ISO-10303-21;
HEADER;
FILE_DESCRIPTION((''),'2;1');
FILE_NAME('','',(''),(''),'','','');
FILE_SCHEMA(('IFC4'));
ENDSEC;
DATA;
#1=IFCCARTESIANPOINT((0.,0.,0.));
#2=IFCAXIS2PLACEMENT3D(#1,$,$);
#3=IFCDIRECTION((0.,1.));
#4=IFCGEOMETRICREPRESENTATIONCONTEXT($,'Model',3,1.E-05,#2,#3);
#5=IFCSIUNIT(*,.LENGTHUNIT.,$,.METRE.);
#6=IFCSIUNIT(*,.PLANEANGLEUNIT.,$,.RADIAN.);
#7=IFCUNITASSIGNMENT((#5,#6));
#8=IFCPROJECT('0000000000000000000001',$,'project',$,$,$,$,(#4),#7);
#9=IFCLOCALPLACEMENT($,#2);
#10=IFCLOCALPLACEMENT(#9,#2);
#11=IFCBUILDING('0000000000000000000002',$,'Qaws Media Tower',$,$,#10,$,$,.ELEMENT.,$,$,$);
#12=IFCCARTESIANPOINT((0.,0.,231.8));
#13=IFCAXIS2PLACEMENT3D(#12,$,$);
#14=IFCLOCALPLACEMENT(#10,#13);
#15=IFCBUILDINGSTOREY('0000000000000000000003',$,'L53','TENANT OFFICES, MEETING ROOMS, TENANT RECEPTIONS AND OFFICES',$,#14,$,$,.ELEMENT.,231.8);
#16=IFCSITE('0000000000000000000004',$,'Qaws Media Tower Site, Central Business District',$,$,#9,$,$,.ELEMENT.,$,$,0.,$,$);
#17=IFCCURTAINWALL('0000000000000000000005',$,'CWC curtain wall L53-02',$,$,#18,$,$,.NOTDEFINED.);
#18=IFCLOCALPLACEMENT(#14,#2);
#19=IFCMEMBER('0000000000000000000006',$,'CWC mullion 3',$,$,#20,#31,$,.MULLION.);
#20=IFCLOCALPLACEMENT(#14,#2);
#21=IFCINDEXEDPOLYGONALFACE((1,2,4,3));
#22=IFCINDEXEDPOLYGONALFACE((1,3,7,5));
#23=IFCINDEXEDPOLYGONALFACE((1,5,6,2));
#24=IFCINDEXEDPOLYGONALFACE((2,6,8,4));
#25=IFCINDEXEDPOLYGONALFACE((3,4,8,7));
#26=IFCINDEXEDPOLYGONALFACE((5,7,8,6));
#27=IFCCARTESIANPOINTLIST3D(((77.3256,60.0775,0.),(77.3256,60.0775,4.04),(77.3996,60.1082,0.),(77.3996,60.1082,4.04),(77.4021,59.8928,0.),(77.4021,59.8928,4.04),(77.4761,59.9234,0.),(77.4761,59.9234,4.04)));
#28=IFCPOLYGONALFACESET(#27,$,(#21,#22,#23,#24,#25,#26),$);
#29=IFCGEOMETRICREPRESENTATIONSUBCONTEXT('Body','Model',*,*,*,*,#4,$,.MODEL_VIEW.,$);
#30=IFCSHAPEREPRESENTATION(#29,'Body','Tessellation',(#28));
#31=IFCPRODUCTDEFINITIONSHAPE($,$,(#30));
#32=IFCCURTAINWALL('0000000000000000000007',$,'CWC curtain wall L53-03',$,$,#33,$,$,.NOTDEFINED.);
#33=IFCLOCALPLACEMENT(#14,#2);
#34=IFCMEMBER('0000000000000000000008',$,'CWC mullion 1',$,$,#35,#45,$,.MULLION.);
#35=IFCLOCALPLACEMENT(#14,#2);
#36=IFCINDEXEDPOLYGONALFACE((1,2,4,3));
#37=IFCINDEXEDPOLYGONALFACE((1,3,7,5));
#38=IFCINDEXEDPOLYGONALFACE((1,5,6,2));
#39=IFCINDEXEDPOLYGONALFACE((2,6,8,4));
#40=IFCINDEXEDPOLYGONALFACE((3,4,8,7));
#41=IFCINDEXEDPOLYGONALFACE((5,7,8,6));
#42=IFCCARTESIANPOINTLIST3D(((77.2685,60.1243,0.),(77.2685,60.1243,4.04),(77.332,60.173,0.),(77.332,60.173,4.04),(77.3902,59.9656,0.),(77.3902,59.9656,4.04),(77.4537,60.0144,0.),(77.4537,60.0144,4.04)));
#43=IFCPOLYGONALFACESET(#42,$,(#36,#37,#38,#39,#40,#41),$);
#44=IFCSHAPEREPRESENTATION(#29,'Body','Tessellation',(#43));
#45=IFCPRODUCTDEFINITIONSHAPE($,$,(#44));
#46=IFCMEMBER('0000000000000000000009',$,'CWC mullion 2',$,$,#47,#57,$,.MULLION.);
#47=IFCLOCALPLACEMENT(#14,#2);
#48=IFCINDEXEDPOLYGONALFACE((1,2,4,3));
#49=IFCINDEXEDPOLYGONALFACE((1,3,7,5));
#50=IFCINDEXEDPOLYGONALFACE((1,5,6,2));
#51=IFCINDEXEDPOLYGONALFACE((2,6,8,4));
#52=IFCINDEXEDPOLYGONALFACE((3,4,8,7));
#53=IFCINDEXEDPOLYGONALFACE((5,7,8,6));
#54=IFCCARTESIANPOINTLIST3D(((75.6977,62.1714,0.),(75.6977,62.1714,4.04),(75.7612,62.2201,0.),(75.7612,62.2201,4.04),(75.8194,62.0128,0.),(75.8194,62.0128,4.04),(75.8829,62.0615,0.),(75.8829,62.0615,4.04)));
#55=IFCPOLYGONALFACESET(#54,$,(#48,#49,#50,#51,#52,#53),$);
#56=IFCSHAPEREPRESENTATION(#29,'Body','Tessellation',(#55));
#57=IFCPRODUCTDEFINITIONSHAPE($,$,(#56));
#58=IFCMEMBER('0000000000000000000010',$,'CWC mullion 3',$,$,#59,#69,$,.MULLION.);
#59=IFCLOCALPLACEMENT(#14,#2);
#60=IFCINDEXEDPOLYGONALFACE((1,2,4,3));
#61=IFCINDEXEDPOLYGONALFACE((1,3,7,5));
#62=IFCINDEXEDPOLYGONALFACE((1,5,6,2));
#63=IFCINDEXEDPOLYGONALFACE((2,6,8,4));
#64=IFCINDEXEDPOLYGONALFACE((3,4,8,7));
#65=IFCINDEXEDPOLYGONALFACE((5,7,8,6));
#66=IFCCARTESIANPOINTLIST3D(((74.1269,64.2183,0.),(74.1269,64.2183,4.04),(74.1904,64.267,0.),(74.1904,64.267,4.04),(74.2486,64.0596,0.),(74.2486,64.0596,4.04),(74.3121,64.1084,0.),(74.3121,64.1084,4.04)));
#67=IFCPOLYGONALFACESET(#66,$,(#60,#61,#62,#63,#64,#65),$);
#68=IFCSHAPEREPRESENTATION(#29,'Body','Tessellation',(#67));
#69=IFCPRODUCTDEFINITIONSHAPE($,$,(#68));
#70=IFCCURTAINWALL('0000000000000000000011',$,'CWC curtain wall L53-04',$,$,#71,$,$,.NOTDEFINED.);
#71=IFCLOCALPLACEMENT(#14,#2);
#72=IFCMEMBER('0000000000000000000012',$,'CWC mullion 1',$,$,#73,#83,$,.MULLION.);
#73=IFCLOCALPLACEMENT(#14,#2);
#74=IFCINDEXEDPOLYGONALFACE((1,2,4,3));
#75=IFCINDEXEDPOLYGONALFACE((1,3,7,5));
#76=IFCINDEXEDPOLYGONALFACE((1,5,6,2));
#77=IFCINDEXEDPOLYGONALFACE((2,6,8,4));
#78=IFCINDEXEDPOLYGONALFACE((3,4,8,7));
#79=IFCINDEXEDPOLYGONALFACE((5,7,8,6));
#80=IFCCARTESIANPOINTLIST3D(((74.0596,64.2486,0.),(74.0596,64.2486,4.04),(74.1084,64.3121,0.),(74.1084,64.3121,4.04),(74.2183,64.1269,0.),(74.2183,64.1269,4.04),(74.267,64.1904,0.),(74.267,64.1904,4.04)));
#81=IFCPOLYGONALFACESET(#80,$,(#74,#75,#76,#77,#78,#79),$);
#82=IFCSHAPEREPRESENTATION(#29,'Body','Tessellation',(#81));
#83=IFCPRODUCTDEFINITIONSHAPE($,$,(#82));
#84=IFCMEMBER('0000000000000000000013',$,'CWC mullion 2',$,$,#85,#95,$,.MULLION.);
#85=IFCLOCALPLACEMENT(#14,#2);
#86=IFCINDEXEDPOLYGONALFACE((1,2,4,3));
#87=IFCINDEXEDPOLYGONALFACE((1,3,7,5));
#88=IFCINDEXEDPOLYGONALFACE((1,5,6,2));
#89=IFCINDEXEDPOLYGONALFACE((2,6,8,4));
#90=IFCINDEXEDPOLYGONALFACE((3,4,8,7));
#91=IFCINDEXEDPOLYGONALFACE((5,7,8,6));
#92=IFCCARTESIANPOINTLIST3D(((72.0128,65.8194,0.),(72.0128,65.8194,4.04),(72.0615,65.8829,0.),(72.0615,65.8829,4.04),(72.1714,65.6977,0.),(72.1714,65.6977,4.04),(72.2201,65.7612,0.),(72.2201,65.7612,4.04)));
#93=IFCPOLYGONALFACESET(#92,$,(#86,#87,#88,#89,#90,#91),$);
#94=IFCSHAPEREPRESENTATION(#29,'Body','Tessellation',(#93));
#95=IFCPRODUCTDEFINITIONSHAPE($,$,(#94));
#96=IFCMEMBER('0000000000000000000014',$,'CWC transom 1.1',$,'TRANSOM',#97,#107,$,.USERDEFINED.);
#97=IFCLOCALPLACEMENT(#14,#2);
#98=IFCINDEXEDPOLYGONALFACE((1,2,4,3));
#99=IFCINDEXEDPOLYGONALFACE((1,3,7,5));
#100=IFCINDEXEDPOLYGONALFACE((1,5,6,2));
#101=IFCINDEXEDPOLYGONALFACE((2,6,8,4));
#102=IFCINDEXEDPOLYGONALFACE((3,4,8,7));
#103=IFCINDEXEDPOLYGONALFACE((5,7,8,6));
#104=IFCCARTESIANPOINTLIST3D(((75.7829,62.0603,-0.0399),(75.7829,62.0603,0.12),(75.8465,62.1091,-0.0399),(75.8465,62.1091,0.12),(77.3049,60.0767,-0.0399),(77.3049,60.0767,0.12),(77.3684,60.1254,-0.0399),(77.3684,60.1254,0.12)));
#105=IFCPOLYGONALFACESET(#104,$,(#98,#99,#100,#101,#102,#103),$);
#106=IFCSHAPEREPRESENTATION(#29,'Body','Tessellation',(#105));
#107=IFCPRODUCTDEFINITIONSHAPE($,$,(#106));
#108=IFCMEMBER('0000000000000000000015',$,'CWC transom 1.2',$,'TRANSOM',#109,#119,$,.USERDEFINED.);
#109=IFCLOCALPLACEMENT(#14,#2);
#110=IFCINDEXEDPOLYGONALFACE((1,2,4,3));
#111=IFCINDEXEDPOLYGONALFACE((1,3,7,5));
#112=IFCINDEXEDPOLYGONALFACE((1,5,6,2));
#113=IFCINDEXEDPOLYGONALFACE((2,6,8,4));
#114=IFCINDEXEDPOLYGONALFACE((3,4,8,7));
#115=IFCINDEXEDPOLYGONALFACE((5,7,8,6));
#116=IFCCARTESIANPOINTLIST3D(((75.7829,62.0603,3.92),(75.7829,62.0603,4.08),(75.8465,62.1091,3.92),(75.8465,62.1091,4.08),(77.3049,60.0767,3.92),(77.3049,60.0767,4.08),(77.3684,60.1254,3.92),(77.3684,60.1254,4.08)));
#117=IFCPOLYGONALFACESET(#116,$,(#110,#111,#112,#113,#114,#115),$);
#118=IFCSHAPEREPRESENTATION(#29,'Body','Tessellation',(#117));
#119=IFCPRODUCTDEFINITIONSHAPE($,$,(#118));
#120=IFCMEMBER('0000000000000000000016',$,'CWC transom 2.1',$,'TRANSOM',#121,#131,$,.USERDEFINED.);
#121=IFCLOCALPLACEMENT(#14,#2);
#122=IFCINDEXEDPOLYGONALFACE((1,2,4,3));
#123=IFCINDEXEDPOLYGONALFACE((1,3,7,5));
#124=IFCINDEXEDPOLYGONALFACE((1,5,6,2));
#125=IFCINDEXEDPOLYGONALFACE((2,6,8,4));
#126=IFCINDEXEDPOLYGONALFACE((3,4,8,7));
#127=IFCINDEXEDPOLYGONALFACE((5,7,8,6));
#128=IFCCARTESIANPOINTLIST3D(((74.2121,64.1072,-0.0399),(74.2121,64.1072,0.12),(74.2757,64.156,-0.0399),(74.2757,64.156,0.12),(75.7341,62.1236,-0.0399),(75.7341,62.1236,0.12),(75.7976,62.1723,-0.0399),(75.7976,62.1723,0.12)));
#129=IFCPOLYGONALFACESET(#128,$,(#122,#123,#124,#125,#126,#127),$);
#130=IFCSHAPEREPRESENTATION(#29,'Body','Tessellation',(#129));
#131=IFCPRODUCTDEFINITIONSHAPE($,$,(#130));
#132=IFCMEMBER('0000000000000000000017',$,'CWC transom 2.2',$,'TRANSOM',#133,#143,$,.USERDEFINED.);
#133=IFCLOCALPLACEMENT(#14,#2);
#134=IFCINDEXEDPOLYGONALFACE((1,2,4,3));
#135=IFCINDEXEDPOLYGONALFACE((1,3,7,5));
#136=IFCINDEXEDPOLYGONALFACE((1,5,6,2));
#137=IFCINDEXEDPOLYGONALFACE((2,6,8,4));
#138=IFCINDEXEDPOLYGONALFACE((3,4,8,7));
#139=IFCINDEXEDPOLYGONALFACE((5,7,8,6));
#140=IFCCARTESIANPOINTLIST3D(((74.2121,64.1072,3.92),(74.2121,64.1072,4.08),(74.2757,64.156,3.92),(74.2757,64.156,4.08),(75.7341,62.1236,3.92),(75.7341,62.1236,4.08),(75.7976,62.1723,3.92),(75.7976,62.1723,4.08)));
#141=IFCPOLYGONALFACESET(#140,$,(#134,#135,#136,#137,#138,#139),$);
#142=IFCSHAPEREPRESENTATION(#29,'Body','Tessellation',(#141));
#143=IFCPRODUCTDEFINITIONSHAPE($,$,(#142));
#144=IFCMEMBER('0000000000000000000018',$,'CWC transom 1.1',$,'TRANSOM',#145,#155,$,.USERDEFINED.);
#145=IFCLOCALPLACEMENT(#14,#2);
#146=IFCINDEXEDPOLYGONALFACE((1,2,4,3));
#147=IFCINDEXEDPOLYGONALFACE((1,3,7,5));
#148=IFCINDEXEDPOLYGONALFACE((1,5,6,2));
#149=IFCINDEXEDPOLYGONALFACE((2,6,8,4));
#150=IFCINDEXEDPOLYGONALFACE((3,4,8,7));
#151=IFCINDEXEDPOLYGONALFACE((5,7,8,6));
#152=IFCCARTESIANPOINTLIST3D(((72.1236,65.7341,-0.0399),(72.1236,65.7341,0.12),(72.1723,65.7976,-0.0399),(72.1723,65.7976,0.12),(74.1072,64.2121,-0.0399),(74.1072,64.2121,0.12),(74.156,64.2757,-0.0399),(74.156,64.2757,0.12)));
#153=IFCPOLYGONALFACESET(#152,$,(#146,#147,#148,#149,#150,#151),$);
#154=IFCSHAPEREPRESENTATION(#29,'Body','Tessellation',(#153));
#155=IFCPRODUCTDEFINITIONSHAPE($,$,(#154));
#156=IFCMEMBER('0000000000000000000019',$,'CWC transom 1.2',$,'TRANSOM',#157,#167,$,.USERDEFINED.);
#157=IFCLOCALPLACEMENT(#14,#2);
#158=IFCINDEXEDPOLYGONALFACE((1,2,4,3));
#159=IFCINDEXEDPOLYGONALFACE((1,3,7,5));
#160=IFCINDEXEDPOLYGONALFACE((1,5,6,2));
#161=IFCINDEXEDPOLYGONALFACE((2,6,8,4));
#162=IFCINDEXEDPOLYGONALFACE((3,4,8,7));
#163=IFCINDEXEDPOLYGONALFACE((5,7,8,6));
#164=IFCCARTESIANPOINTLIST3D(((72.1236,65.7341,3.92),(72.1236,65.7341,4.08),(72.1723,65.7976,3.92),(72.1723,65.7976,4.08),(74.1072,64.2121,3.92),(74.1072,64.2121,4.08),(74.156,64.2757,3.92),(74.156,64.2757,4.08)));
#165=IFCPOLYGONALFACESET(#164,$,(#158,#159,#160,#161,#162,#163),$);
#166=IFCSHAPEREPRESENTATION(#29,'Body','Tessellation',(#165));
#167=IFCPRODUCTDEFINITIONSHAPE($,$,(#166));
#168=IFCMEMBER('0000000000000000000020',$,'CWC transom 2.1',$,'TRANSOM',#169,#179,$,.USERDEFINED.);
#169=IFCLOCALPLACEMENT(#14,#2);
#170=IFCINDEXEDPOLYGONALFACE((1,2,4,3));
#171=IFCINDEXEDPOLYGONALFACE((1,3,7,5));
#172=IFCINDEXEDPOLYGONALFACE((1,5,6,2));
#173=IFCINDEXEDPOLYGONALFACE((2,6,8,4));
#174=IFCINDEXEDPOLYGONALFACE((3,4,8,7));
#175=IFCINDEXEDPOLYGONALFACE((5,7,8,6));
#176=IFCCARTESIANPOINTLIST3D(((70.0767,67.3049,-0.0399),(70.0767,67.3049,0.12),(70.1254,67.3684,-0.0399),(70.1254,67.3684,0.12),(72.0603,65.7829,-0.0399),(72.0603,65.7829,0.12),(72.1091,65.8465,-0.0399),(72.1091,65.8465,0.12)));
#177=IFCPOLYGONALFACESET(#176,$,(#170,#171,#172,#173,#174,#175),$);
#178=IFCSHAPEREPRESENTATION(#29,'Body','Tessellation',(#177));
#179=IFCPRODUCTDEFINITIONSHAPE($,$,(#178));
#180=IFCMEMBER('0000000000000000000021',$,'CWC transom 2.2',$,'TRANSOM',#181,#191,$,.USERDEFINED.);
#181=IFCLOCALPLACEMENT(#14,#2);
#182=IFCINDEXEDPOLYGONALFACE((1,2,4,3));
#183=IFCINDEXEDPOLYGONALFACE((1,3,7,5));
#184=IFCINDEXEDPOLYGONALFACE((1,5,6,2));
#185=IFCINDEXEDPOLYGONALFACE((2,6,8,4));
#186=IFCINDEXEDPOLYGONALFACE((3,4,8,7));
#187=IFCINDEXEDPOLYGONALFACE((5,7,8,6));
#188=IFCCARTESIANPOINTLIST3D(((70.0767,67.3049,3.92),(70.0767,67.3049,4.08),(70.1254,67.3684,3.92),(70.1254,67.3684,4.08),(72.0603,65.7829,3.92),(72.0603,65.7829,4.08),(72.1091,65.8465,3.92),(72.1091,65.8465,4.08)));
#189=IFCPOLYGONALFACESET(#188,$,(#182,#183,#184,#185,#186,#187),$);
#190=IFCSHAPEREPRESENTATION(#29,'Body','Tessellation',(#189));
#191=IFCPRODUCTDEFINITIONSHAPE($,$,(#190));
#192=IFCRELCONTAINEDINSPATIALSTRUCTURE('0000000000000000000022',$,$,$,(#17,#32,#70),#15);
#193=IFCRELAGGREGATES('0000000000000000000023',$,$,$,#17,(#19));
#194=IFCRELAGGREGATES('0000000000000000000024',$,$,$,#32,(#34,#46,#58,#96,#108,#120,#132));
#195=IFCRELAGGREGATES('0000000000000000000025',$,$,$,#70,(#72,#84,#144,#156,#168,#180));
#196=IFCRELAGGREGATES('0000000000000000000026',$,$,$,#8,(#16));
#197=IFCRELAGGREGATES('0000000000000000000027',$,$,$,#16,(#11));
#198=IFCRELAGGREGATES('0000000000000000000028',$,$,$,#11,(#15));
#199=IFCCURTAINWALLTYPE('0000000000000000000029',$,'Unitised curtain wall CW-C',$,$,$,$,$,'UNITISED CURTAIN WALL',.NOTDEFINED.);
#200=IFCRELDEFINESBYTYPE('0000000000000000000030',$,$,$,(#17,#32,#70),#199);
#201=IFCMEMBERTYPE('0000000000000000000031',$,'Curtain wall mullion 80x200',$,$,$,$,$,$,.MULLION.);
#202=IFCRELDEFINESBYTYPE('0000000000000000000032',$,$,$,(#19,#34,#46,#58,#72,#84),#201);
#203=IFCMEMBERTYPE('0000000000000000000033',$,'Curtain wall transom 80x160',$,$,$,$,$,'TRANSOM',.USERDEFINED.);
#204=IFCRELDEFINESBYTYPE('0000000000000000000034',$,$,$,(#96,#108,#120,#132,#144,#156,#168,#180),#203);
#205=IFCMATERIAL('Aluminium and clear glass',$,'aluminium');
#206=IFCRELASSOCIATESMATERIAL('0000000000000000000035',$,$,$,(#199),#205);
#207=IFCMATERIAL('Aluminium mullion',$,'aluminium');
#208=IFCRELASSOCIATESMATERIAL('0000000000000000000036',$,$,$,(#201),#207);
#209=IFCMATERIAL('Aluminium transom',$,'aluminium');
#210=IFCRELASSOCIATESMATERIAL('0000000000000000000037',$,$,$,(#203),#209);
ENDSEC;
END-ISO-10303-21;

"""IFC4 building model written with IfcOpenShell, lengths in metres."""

from ifc_helpers import new_model, si_unit, direction, frame, origin, origin_2d, place, context, subcontext, project, spatial, rectangle, extrude, material, material_profile, profile_set, type_object, element, aggregate, save


model = new_model("IFC4")

# Units and contexts
model_context = context("Model", 3, precision=1e-05, world=origin(), true_north=direction((0.0, 1.0)))
body_context = subcontext(model_context, "Body", "Model", "MODEL_VIEW")
ifc_project = project(units=[si_unit("LENGTHUNIT", "METRE"), si_unit("PLANEANGLEUNIT", "RADIAN")], contexts=[model_context])

# Site, building, storey
site_placement = place(None, origin())
site = spatial("IfcSite", under=ifc_project, at=site_placement, Name="Qaws Media Tower Site, Central Business District", CompositionType="ELEMENT", RefElevation=0.0)
building_placement = place(site_placement, origin())
building = spatial("IfcBuilding", under=site, at=building_placement, Name="Qaws Media Tower", CompositionType="ELEMENT")
storey_placement = place(building_placement, frame((0.0, 0.0, 231.8)))
storey = spatial("IfcBuildingStorey", under=building, at=storey_placement, Name="L53", Description="TENANT OFFICES, MEETING ROOMS, TENANT RECEPTIONS AND OFFICES", CompositionType="ELEMENT", Elevation=231.8)

# Curtain wall, member
ifc_material_1 = material(Name="Aluminium and clear glass", Category="aluminium")
curtain_wall_type = type_object("IfcCurtainWallType", Name="Unitised curtain wall CW-C", ElementType="UNITISED CURTAIN WALL", PredefinedType="NOTDEFINED", material=ifc_material_1)
curtain_wall_1_placement = place(storey_placement, origin())
curtain_wall_1 = element("IfcCurtainWall", 1, at=curtain_wall_1_placement, inside=storey, type_object=curtain_wall_type, Name="CWC curtain wall L53-02", PredefinedType="NOTDEFINED")
ifc_material_2 = material(Name="Aluminium mullion", Category="aluminium")
ifc_material_profile_1 = material_profile(ifc_material_2, rectangle(XDim=0.0801, YDim=0.2, at=origin_2d()), Name="80x200")
ifc_profile_set_1 = profile_set([ifc_material_profile_1], Name="Aluminium mullion")
member_type_1 = type_object("IfcMemberType", Name="Curtain wall mullion 80x200", PredefinedType="MULLION", material=ifc_profile_set_1)
member_1_placement = place(storey_placement, frame((77.4009, 60.0005, 0.0), z_axis=(0.0, 0.0, 1.0), x_axis=(-0.92388, -0.382683, 0.0)))
member_1 = element("IfcMember", 2, at=member_1_placement, type_object=member_type_1, Name="CWC mullion 3", PredefinedType="MULLION", context=body_context, shape_type="SweptSolid", body=[
    extrude(rectangle(XDim=0.0801, YDim=0.2, at=origin_2d()), origin(), (0.0, 0.0, 1.0), 4.04),
])

# Curtain walls, members
curtain_wall_2_placement = place(storey_placement, origin())
curtain_wall_2 = element("IfcCurtainWall", 3, at=curtain_wall_2_placement, inside=storey, type_object=curtain_wall_type, Name="CWC curtain wall L53-03", PredefinedType="NOTDEFINED")
member_2_placement = place(storey_placement, frame((77.3611, 60.0693, 0.0), z_axis=(0.0, 0.0, 1.0), x_axis=(-0.793353, -0.608761, 0.0)))
member_2 = element("IfcMember", 4, at=member_2_placement, type_object=member_type_1, Name="CWC mullion 1", PredefinedType="MULLION", context=body_context, shape_type="SweptSolid", body=[
    extrude(rectangle(XDim=0.0801, YDim=0.2, at=origin_2d()), origin(), (0.0, 0.0, 1.0), 4.04),
])
member_3_placement = place(storey_placement, frame((75.7903, 62.1165, 0.0), z_axis=(0.0, 0.0, 1.0), x_axis=(-0.793353, -0.608761, 0.0)))
member_3 = element("IfcMember", 5, at=member_3_placement, type_object=member_type_1, Name="CWC mullion 2", PredefinedType="MULLION", context=body_context, shape_type="SweptSolid", body=[
    extrude(rectangle(XDim=0.0801, YDim=0.2, at=origin_2d()), origin(), (0.0, 0.0, 1.0), 4.04),
])
member_4_placement = place(storey_placement, frame((74.2195, 64.1633, 0.0), z_axis=(0.0, 0.0, 1.0), x_axis=(-0.793353, -0.608761, 0.0)))
member_4 = element("IfcMember", 6, at=member_4_placement, type_object=member_type_1, Name="CWC mullion 3", PredefinedType="MULLION", context=body_context, shape_type="SweptSolid", body=[
    extrude(rectangle(XDim=0.0801, YDim=0.2, at=origin_2d()), origin(), (0.0, 0.0, 1.0), 4.04),
])
curtain_wall_3_placement = place(storey_placement, origin())
curtain_wall_3 = element("IfcCurtainWall", 7, at=curtain_wall_3_placement, inside=storey, type_object=curtain_wall_type, Name="CWC curtain wall L53-04", PredefinedType="NOTDEFINED")
member_5_placement = place(storey_placement, frame((74.1633, 64.2195, 0.0), z_axis=(0.0, 0.0, 1.0), x_axis=(-0.608761, -0.793353, 0.0)))
member_5 = element("IfcMember", 8, at=member_5_placement, type_object=member_type_1, Name="CWC mullion 1", PredefinedType="MULLION", context=body_context, shape_type="SweptSolid", body=[
    extrude(rectangle(XDim=0.0801, YDim=0.2, at=origin_2d()), origin(), (0.0, 0.0, 1.0), 4.04),
])
member_6_placement = place(storey_placement, frame((72.1165, 65.7903, 0.0), z_axis=(0.0, 0.0, 1.0), x_axis=(-0.608761, -0.793353, 0.0)))
member_6 = element("IfcMember", 9, at=member_6_placement, type_object=member_type_1, Name="CWC mullion 2", PredefinedType="MULLION", context=body_context, shape_type="SweptSolid", body=[
    extrude(rectangle(XDim=0.0801, YDim=0.2, at=origin_2d()), origin(), (0.0, 0.0, 1.0), 4.04),
])

# Members
ifc_material_3 = material(Name="Aluminium transom", Category="aluminium")
ifc_material_profile_2 = material_profile(ifc_material_3, rectangle(XDim=0.0801, YDim=0.1599, at=origin_2d()), Name="80x160")
ifc_profile_set_2 = profile_set([ifc_material_profile_2], Name="Aluminium transom")
member_type_2 = type_object("IfcMemberType", Name="Curtain wall transom 80x160", ElementType="TRANSOM", PredefinedType="USERDEFINED", material=ifc_profile_set_2)
member_7_placement = place(storey_placement, frame((77.3367, 60.1011, 0.04), z_axis=(-0.608729, 0.793378, 0.0), x_axis=(-0.793378, -0.608729, 0.0)))
member_7 = element("IfcMember", 10, at=member_7_placement, type_object=member_type_2, Name="CWC transom 1.1", ObjectType="TRANSOM", PredefinedType="USERDEFINED", context=body_context, shape_type="SweptSolid", body=[
    extrude(rectangle(XDim=0.0801, YDim=0.1599, at=origin_2d()), origin(), (0.0, 0.0, 1.0), 2.5002),
])
member_8_placement = place(storey_placement, frame((77.3367, 60.1011, 4.0), z_axis=(-0.608729, 0.793378, 0.0), x_axis=(-0.793378, -0.608729, 0.0)))
member_8 = element("IfcMember", 11, at=member_8_placement, type_object=member_type_2, Name="CWC transom 1.2", ObjectType="TRANSOM", PredefinedType="USERDEFINED", context=body_context, shape_type="SweptSolid", body=[
    extrude(rectangle(XDim=0.0801, YDim=0.1599, at=origin_2d()), origin(), (0.0, 0.0, 1.0), 2.5002),
])
member_9_placement = place(storey_placement, frame((75.7659, 62.1479, 0.04), z_axis=(-0.608729, 0.793378, 0.0), x_axis=(-0.793378, -0.608729, 0.0)))
member_9 = element("IfcMember", 12, at=member_9_placement, type_object=member_type_2, Name="CWC transom 2.1", ObjectType="TRANSOM", PredefinedType="USERDEFINED", context=body_context, shape_type="SweptSolid", body=[
    extrude(rectangle(XDim=0.0801, YDim=0.1599, at=origin_2d()), origin(), (0.0, 0.0, 1.0), 2.5002),
])
member_10_placement = place(storey_placement, frame((75.7659, 62.1479, 4.0), z_axis=(-0.608729, 0.793378, 0.0), x_axis=(-0.793378, -0.608729, 0.0)))
member_10 = element("IfcMember", 13, at=member_10_placement, type_object=member_type_2, Name="CWC transom 2.2", ObjectType="TRANSOM", PredefinedType="USERDEFINED", context=body_context, shape_type="SweptSolid", body=[
    extrude(rectangle(XDim=0.0801, YDim=0.1599, at=origin_2d()), origin(), (0.0, 0.0, 1.0), 2.5002),
])
member_11_placement = place(storey_placement, frame((74.1316, 64.2439, 0.04), z_axis=(-0.793378, 0.608729, 0.0), x_axis=(-0.608729, -0.793378, 0.0)))
member_11 = element("IfcMember", 14, at=member_11_placement, type_object=member_type_2, Name="CWC transom 1.1", ObjectType="TRANSOM", PredefinedType="USERDEFINED", context=body_context, shape_type="SweptSolid", body=[
    extrude(rectangle(XDim=0.0801, YDim=0.1599, at=origin_2d()), origin(), (0.0, 0.0, 1.0), 2.5002),
])
member_12_placement = place(storey_placement, frame((74.1316, 64.2439, 4.0), z_axis=(-0.793378, 0.608729, 0.0), x_axis=(-0.608729, -0.793378, 0.0)))
member_12 = element("IfcMember", 15, at=member_12_placement, type_object=member_type_2, Name="CWC transom 1.2", ObjectType="TRANSOM", PredefinedType="USERDEFINED", context=body_context, shape_type="SweptSolid", body=[
    extrude(rectangle(XDim=0.0801, YDim=0.1599, at=origin_2d()), origin(), (0.0, 0.0, 1.0), 2.5002),
])
member_13_placement = place(storey_placement, frame((72.0847, 65.8147, 0.04), z_axis=(-0.793378, 0.608729, 0.0), x_axis=(-0.608729, -0.793378, 0.0)))
member_13 = element("IfcMember", 16, at=member_13_placement, type_object=member_type_2, Name="CWC transom 2.1", ObjectType="TRANSOM", PredefinedType="USERDEFINED", context=body_context, shape_type="SweptSolid", body=[
    extrude(rectangle(XDim=0.0801, YDim=0.1599, at=origin_2d()), origin(), (0.0, 0.0, 1.0), 2.5002),
])
member_14_placement = place(storey_placement, frame((72.0847, 65.8147, 4.0), z_axis=(-0.793378, 0.608729, 0.0), x_axis=(-0.608729, -0.793378, 0.0)))
member_14 = element("IfcMember", 17, at=member_14_placement, type_object=member_type_2, Name="CWC transom 2.2", ObjectType="TRANSOM", PredefinedType="USERDEFINED", context=body_context, shape_type="SweptSolid", body=[
    extrude(rectangle(XDim=0.0801, YDim=0.1599, at=origin_2d()), origin(), (0.0, 0.0, 1.0), 2.5002),
])

aggregate(curtain_wall_1, [member_1])
aggregate(curtain_wall_2, [member_2, member_3, member_4, member_7, member_8, member_9, member_10])
aggregate(curtain_wall_3, [member_5, member_6, member_11, member_12, member_13, member_14])

save(model, "model.ifc")
